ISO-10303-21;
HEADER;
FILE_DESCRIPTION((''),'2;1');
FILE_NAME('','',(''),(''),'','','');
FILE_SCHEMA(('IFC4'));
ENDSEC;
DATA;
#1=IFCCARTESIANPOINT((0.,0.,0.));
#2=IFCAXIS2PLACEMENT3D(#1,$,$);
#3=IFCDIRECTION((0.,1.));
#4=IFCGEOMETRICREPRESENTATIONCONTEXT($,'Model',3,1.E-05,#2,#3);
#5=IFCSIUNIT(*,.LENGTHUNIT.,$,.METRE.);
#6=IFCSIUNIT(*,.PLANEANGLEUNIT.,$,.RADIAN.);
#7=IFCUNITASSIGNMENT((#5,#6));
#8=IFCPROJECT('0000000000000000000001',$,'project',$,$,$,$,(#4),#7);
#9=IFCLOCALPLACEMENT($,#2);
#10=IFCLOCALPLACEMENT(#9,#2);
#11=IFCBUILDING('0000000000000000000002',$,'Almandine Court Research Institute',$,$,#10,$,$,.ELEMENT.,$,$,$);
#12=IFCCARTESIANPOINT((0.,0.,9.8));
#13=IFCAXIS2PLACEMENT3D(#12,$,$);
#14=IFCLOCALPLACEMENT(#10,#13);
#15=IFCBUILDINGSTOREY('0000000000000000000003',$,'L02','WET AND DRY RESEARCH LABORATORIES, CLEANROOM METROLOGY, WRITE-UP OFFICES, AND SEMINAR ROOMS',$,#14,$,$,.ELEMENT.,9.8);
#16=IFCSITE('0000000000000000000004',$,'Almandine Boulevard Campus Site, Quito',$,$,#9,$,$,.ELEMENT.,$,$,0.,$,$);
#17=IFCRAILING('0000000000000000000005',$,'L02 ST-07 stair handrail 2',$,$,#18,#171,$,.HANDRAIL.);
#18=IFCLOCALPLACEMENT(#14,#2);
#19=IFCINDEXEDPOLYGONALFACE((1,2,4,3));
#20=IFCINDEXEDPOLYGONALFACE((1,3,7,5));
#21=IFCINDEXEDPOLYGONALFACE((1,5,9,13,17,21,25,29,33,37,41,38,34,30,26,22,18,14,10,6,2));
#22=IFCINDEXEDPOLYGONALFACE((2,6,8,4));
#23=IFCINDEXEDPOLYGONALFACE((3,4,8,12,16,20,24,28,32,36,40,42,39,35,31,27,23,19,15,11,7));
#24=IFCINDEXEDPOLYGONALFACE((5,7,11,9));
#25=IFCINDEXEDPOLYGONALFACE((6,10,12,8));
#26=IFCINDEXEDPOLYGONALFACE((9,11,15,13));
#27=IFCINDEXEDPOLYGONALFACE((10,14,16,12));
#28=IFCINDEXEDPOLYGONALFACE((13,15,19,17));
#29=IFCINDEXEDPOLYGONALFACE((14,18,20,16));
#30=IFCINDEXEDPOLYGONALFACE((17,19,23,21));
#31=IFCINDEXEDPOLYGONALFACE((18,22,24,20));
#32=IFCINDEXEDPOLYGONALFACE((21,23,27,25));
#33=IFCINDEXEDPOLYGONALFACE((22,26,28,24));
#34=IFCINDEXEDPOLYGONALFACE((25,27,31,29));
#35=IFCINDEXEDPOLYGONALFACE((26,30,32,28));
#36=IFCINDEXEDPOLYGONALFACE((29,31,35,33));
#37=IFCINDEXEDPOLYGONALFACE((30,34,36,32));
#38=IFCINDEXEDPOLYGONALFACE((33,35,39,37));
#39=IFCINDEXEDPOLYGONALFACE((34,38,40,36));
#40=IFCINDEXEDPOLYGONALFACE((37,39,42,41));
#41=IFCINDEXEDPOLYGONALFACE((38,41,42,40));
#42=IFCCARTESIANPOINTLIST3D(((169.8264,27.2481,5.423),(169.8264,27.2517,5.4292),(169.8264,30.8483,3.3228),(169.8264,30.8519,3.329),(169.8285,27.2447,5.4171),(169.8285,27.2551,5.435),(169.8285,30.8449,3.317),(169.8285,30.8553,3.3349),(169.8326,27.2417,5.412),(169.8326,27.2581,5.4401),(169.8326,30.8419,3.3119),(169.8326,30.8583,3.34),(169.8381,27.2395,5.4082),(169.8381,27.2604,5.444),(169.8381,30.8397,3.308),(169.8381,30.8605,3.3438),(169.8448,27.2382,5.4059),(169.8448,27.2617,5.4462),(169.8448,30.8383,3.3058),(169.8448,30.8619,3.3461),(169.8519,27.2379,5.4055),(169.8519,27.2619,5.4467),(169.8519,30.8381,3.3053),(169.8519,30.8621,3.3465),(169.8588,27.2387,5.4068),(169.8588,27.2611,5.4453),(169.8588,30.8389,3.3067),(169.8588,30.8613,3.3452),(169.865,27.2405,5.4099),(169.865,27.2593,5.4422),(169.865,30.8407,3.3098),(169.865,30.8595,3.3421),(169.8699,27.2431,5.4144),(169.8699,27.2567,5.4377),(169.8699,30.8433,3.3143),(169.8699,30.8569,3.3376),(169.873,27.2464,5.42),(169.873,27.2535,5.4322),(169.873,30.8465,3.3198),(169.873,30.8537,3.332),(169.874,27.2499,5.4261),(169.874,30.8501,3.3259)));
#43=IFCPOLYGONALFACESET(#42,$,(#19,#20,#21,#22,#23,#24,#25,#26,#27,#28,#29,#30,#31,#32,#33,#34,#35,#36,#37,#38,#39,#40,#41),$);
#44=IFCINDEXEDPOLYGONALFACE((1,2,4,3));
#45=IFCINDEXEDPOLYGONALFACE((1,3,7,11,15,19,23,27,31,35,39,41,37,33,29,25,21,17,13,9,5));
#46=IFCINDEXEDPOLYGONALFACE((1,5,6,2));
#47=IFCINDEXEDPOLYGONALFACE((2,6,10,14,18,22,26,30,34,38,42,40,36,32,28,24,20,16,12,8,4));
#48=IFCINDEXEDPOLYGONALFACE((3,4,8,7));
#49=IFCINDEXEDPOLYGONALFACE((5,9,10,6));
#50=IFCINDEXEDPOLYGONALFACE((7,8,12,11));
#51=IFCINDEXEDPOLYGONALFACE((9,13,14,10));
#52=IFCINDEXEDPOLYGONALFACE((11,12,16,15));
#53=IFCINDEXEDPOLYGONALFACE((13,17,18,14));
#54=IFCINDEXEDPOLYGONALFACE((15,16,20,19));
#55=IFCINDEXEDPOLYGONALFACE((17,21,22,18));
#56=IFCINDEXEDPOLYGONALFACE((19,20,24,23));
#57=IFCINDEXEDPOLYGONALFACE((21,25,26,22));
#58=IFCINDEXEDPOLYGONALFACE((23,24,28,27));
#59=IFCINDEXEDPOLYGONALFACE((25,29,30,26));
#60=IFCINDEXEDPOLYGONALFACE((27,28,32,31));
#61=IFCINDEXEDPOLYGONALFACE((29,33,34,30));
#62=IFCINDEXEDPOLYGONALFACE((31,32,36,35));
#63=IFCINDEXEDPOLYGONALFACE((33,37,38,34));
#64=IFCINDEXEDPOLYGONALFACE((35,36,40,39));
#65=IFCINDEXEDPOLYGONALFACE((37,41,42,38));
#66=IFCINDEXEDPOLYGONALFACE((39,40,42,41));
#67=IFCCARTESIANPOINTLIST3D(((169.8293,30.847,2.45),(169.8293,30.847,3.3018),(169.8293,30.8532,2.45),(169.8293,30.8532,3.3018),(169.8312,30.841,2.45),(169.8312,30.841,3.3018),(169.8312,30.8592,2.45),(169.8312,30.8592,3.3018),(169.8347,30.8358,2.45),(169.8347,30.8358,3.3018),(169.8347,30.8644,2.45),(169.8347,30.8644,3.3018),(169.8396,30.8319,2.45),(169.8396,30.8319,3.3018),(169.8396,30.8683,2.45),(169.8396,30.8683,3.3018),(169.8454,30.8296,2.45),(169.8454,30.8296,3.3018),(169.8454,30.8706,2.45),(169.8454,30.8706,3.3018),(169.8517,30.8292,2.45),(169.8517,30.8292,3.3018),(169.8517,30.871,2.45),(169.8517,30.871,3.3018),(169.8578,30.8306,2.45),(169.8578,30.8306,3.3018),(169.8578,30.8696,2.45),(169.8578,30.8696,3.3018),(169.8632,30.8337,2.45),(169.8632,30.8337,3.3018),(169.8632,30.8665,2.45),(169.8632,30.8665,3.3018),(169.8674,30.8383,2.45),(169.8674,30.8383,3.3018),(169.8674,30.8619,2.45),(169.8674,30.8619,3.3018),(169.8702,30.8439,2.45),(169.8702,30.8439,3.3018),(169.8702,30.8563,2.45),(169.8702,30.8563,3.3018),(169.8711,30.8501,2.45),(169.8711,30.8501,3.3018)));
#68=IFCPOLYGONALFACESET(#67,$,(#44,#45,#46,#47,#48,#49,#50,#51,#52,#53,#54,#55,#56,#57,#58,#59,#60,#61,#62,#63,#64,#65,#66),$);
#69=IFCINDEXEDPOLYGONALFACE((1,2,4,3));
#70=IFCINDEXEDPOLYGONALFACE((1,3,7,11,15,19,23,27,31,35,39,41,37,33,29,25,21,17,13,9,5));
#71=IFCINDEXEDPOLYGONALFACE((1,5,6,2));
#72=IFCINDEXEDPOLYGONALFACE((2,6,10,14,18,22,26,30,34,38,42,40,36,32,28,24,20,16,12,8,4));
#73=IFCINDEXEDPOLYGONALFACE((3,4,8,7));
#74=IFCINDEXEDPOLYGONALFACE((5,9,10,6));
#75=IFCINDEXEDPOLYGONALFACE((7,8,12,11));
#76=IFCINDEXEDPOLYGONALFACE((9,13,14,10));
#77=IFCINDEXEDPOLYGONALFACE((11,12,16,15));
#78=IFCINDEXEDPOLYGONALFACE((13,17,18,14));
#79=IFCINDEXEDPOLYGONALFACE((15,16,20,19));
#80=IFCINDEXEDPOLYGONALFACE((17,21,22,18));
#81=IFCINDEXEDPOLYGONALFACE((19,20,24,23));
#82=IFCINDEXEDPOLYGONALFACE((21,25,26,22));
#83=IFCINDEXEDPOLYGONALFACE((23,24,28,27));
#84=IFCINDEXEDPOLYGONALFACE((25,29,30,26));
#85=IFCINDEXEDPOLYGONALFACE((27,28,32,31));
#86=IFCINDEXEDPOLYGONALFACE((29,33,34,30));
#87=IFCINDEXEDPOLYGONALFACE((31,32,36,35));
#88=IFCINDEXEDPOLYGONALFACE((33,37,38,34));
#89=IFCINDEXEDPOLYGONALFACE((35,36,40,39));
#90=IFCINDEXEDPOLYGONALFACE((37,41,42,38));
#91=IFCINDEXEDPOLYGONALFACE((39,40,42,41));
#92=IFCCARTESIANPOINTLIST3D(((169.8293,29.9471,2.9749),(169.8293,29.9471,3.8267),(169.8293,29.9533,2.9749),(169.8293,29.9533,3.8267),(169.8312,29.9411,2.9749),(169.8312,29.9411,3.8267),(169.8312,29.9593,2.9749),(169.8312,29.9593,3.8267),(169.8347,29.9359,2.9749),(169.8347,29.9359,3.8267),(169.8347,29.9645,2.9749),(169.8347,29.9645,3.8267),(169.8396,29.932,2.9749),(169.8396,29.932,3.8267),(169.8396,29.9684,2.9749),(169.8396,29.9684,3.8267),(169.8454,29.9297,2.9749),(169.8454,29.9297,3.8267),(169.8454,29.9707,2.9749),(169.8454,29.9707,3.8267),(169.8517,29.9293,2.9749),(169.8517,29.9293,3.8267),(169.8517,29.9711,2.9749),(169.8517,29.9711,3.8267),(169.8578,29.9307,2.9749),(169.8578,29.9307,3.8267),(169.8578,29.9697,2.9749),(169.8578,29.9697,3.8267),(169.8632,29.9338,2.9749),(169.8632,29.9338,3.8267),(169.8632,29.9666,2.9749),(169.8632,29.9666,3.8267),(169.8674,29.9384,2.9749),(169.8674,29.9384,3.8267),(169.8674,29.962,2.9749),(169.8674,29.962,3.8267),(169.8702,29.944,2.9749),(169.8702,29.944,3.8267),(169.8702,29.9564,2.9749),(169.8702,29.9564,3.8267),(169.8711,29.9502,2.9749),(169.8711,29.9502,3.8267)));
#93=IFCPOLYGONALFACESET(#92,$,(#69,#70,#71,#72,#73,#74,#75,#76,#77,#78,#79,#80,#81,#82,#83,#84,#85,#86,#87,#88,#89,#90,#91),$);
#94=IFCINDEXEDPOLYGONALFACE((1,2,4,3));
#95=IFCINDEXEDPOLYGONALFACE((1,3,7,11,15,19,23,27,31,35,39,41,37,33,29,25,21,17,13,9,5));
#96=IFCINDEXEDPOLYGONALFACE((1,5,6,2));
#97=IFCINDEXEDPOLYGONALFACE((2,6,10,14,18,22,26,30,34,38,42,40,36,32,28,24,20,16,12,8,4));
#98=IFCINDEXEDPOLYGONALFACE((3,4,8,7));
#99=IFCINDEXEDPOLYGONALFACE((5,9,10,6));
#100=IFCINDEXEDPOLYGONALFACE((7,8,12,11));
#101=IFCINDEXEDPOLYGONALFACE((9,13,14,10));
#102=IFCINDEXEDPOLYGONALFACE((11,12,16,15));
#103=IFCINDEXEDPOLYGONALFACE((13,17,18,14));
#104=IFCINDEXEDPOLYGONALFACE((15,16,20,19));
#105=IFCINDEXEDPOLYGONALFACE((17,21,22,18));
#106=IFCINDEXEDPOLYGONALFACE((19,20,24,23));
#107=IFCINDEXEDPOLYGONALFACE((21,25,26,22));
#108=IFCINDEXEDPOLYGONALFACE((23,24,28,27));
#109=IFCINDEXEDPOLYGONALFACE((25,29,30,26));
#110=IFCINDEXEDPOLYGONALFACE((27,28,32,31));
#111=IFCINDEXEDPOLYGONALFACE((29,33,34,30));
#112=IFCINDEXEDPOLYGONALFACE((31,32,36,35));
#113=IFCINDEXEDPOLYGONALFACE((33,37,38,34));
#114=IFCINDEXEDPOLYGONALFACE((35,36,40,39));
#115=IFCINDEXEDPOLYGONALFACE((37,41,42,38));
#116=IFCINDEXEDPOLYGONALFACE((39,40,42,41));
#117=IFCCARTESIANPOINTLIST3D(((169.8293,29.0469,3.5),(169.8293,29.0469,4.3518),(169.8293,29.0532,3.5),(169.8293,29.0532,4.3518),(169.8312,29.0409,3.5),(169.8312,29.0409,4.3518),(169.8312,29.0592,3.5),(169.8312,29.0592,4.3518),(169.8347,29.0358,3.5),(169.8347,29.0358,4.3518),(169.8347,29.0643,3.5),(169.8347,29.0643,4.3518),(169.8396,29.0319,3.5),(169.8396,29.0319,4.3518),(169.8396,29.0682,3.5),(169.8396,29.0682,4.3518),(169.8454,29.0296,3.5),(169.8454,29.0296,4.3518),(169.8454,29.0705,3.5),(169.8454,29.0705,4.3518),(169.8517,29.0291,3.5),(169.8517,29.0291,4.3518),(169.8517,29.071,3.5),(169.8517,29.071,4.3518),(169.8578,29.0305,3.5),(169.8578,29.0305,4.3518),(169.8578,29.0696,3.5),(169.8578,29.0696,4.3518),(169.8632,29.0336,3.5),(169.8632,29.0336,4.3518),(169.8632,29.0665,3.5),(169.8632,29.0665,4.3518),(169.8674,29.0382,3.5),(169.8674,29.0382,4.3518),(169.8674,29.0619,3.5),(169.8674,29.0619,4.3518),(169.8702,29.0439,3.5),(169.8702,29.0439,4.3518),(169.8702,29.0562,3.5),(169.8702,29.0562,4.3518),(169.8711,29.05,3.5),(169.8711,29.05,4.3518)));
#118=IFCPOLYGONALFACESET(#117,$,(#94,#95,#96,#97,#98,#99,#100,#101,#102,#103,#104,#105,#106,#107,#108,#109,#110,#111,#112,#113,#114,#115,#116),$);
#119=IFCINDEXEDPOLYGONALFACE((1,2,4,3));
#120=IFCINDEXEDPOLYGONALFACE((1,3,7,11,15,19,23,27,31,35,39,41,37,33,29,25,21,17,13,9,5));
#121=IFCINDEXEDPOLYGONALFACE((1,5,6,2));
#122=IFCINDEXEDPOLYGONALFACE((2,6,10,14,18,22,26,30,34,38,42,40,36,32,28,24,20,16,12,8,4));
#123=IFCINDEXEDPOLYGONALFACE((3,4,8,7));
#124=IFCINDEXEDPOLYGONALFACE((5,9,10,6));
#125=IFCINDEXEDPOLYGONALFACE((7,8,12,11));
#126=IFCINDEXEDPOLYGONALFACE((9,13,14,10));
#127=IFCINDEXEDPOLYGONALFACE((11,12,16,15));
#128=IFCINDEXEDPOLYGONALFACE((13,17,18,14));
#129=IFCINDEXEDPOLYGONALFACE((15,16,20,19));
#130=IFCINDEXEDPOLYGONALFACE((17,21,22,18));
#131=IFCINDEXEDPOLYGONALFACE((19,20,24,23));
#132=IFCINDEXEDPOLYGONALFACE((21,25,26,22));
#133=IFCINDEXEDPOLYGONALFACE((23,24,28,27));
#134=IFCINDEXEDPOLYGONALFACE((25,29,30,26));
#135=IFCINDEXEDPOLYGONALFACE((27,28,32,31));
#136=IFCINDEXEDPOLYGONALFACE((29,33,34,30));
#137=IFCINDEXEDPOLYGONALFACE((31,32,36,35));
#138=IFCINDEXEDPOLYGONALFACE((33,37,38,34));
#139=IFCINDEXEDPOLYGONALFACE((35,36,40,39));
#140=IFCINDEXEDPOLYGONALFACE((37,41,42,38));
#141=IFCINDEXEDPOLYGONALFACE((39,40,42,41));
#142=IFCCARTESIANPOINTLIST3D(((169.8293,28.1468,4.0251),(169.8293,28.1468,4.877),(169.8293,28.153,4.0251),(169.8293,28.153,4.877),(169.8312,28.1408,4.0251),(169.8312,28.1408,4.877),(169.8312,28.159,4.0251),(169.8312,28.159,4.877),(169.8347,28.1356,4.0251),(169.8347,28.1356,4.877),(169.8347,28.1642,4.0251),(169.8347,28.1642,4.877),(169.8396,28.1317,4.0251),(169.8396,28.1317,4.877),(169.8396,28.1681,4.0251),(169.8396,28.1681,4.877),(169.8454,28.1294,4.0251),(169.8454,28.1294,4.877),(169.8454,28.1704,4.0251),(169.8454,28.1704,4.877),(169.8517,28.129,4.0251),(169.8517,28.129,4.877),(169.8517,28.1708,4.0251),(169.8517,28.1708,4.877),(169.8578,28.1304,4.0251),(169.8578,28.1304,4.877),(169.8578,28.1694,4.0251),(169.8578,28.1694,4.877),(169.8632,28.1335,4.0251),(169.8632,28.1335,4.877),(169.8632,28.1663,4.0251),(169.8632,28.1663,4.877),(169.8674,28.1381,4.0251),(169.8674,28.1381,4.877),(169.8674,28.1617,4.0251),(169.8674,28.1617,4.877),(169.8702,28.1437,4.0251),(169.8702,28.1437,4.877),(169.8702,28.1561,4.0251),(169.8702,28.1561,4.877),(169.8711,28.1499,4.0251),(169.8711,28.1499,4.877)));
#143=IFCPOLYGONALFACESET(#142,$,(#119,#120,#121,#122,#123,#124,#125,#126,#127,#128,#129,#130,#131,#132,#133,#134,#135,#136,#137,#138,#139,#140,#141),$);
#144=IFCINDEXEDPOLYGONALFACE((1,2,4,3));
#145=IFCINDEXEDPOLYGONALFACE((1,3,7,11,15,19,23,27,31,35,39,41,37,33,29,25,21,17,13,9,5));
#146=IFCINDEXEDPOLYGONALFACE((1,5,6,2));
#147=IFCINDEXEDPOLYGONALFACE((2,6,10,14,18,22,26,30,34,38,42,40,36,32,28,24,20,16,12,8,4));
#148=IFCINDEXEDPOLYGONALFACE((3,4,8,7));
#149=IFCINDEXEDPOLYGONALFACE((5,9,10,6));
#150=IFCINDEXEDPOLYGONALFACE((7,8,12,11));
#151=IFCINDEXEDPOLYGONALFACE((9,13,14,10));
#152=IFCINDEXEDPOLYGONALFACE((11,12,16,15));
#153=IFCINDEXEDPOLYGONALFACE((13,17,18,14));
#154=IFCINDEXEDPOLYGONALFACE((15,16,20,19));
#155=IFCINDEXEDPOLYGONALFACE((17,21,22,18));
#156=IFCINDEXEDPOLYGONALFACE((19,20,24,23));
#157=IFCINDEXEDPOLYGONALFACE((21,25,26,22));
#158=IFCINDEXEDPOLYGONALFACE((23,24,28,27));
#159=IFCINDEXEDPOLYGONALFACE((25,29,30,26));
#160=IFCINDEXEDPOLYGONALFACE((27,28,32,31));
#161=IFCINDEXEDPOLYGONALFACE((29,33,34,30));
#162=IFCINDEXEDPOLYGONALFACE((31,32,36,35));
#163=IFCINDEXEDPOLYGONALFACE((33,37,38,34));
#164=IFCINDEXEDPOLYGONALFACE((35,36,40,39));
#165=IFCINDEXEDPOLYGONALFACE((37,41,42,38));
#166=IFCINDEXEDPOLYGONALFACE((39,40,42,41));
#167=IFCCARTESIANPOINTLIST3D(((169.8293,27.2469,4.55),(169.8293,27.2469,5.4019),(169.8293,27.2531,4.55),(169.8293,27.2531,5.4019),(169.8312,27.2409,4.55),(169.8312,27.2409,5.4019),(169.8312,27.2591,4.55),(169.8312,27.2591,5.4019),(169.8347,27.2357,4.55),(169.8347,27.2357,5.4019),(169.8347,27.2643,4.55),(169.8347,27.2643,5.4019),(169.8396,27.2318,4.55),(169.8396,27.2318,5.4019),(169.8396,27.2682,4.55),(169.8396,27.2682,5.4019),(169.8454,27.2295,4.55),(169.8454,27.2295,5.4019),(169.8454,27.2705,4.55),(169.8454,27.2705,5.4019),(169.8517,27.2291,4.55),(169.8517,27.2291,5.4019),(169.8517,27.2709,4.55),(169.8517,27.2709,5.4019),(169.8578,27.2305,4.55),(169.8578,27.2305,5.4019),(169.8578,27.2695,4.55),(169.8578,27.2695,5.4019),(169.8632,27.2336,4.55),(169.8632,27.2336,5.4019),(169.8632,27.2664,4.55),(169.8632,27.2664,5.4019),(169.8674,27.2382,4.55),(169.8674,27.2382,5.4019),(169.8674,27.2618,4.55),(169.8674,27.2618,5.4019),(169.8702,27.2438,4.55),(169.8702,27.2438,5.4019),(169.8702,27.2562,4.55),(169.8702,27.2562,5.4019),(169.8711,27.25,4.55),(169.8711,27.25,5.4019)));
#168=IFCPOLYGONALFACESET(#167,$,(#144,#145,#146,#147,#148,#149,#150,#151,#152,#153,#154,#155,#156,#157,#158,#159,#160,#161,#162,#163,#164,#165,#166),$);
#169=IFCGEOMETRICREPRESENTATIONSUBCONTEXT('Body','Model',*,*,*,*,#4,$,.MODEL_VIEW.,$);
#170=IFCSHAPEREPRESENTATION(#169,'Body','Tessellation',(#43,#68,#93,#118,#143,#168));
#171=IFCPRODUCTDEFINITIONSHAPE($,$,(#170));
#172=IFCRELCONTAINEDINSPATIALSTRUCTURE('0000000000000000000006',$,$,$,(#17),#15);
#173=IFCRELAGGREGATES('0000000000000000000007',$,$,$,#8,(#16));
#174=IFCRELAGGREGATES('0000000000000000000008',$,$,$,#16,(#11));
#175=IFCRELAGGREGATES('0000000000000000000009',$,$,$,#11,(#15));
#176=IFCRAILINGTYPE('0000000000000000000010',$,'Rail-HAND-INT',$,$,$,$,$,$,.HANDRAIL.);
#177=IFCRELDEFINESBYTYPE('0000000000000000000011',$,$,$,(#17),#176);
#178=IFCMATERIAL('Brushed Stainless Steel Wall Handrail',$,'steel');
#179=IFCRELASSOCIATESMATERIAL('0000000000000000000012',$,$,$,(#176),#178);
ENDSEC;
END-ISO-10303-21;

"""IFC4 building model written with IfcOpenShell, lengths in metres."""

from ifc_helpers import new_model, si_unit, direction, frame, origin, origin_2d, place, context, subcontext, project, spatial, circle, extrude, material, type_object, element, save


model = new_model("IFC4")

# Units and contexts
model_context = context("Model", 3, precision=1e-05, world=origin(), true_north=direction((0.0, 1.0)))
body_context = subcontext(model_context, "Body", "Model", "MODEL_VIEW")
ifc_project = project(units=[si_unit("LENGTHUNIT", "METRE"), si_unit("PLANEANGLEUNIT", "RADIAN")], contexts=[model_context])

# Site, building, storey
site_placement = place(None, origin())
site = spatial("IfcSite", under=ifc_project, at=site_placement, Name="Almandine Boulevard Campus Site, Quito", CompositionType="ELEMENT", RefElevation=0.0)
building_placement = place(site_placement, origin())
building = spatial("IfcBuilding", under=site, at=building_placement, Name="Almandine Court Research Institute", CompositionType="ELEMENT")
storey_placement = place(building_placement, frame((0.0, 0.0, 9.8)))
storey = spatial("IfcBuildingStorey", under=building, at=storey_placement, Name="L02", Description="WET AND DRY RESEARCH LABORATORIES, CLEANROOM METROLOGY, WRITE-UP OFFICES, AND SEMINAR ROOMS", CompositionType="ELEMENT", Elevation=9.8)

# Railing
ifc_material_1 = material(Name="Brushed Stainless Steel Wall Handrail", Category="steel")
railing_type = type_object("IfcRailingType", Name="Rail-HAND-INT", PredefinedType="HANDRAIL", material=ifc_material_1)
railing_placement = place(storey_placement, frame((169.8501, 30.8501, 2.45)))
element("IfcRailing", 1, at=railing_placement, inside=storey, type_object=railing_type, Name="L02 ST-07 stair handrail 2", PredefinedType="HANDRAIL", context=body_context, shape_type="SweptSolid", body=[
    extrude(circle(Radius=0.0239, at=origin_2d()), frame((0.0, 0.0, 0.876), z_axis=(0.0, -0.863775, 0.503878), x_axis=(1.0, 0.0, 0.0)), (0.0, 0.0, 1.0), 4.168),
    extrude(circle(Radius=0.021, at=origin_2d()), origin(), (0.0, 0.0, 1.0), 0.8518),
    extrude(circle(Radius=0.021, at=origin_2d()), frame((0.0, -0.8999, 0.5249)), (0.0, 0.0, 1.0), 0.8518),
    extrude(circle(Radius=0.021, at=origin_2d()), frame((0.0, -1.8, 1.05)), (0.0, 0.0, 1.0), 0.8518),
    extrude(circle(Radius=0.021, at=origin_2d()), frame((0.0, -2.7002, 1.5752)), (0.0, 0.0, 1.0), 0.8518),
    extrude(circle(Radius=0.021, at=origin_2d()), frame((0.0, -3.6001, 2.1001)), (0.0, 0.0, 1.0), 0.8518),
])

save(model, "model.ifc")
